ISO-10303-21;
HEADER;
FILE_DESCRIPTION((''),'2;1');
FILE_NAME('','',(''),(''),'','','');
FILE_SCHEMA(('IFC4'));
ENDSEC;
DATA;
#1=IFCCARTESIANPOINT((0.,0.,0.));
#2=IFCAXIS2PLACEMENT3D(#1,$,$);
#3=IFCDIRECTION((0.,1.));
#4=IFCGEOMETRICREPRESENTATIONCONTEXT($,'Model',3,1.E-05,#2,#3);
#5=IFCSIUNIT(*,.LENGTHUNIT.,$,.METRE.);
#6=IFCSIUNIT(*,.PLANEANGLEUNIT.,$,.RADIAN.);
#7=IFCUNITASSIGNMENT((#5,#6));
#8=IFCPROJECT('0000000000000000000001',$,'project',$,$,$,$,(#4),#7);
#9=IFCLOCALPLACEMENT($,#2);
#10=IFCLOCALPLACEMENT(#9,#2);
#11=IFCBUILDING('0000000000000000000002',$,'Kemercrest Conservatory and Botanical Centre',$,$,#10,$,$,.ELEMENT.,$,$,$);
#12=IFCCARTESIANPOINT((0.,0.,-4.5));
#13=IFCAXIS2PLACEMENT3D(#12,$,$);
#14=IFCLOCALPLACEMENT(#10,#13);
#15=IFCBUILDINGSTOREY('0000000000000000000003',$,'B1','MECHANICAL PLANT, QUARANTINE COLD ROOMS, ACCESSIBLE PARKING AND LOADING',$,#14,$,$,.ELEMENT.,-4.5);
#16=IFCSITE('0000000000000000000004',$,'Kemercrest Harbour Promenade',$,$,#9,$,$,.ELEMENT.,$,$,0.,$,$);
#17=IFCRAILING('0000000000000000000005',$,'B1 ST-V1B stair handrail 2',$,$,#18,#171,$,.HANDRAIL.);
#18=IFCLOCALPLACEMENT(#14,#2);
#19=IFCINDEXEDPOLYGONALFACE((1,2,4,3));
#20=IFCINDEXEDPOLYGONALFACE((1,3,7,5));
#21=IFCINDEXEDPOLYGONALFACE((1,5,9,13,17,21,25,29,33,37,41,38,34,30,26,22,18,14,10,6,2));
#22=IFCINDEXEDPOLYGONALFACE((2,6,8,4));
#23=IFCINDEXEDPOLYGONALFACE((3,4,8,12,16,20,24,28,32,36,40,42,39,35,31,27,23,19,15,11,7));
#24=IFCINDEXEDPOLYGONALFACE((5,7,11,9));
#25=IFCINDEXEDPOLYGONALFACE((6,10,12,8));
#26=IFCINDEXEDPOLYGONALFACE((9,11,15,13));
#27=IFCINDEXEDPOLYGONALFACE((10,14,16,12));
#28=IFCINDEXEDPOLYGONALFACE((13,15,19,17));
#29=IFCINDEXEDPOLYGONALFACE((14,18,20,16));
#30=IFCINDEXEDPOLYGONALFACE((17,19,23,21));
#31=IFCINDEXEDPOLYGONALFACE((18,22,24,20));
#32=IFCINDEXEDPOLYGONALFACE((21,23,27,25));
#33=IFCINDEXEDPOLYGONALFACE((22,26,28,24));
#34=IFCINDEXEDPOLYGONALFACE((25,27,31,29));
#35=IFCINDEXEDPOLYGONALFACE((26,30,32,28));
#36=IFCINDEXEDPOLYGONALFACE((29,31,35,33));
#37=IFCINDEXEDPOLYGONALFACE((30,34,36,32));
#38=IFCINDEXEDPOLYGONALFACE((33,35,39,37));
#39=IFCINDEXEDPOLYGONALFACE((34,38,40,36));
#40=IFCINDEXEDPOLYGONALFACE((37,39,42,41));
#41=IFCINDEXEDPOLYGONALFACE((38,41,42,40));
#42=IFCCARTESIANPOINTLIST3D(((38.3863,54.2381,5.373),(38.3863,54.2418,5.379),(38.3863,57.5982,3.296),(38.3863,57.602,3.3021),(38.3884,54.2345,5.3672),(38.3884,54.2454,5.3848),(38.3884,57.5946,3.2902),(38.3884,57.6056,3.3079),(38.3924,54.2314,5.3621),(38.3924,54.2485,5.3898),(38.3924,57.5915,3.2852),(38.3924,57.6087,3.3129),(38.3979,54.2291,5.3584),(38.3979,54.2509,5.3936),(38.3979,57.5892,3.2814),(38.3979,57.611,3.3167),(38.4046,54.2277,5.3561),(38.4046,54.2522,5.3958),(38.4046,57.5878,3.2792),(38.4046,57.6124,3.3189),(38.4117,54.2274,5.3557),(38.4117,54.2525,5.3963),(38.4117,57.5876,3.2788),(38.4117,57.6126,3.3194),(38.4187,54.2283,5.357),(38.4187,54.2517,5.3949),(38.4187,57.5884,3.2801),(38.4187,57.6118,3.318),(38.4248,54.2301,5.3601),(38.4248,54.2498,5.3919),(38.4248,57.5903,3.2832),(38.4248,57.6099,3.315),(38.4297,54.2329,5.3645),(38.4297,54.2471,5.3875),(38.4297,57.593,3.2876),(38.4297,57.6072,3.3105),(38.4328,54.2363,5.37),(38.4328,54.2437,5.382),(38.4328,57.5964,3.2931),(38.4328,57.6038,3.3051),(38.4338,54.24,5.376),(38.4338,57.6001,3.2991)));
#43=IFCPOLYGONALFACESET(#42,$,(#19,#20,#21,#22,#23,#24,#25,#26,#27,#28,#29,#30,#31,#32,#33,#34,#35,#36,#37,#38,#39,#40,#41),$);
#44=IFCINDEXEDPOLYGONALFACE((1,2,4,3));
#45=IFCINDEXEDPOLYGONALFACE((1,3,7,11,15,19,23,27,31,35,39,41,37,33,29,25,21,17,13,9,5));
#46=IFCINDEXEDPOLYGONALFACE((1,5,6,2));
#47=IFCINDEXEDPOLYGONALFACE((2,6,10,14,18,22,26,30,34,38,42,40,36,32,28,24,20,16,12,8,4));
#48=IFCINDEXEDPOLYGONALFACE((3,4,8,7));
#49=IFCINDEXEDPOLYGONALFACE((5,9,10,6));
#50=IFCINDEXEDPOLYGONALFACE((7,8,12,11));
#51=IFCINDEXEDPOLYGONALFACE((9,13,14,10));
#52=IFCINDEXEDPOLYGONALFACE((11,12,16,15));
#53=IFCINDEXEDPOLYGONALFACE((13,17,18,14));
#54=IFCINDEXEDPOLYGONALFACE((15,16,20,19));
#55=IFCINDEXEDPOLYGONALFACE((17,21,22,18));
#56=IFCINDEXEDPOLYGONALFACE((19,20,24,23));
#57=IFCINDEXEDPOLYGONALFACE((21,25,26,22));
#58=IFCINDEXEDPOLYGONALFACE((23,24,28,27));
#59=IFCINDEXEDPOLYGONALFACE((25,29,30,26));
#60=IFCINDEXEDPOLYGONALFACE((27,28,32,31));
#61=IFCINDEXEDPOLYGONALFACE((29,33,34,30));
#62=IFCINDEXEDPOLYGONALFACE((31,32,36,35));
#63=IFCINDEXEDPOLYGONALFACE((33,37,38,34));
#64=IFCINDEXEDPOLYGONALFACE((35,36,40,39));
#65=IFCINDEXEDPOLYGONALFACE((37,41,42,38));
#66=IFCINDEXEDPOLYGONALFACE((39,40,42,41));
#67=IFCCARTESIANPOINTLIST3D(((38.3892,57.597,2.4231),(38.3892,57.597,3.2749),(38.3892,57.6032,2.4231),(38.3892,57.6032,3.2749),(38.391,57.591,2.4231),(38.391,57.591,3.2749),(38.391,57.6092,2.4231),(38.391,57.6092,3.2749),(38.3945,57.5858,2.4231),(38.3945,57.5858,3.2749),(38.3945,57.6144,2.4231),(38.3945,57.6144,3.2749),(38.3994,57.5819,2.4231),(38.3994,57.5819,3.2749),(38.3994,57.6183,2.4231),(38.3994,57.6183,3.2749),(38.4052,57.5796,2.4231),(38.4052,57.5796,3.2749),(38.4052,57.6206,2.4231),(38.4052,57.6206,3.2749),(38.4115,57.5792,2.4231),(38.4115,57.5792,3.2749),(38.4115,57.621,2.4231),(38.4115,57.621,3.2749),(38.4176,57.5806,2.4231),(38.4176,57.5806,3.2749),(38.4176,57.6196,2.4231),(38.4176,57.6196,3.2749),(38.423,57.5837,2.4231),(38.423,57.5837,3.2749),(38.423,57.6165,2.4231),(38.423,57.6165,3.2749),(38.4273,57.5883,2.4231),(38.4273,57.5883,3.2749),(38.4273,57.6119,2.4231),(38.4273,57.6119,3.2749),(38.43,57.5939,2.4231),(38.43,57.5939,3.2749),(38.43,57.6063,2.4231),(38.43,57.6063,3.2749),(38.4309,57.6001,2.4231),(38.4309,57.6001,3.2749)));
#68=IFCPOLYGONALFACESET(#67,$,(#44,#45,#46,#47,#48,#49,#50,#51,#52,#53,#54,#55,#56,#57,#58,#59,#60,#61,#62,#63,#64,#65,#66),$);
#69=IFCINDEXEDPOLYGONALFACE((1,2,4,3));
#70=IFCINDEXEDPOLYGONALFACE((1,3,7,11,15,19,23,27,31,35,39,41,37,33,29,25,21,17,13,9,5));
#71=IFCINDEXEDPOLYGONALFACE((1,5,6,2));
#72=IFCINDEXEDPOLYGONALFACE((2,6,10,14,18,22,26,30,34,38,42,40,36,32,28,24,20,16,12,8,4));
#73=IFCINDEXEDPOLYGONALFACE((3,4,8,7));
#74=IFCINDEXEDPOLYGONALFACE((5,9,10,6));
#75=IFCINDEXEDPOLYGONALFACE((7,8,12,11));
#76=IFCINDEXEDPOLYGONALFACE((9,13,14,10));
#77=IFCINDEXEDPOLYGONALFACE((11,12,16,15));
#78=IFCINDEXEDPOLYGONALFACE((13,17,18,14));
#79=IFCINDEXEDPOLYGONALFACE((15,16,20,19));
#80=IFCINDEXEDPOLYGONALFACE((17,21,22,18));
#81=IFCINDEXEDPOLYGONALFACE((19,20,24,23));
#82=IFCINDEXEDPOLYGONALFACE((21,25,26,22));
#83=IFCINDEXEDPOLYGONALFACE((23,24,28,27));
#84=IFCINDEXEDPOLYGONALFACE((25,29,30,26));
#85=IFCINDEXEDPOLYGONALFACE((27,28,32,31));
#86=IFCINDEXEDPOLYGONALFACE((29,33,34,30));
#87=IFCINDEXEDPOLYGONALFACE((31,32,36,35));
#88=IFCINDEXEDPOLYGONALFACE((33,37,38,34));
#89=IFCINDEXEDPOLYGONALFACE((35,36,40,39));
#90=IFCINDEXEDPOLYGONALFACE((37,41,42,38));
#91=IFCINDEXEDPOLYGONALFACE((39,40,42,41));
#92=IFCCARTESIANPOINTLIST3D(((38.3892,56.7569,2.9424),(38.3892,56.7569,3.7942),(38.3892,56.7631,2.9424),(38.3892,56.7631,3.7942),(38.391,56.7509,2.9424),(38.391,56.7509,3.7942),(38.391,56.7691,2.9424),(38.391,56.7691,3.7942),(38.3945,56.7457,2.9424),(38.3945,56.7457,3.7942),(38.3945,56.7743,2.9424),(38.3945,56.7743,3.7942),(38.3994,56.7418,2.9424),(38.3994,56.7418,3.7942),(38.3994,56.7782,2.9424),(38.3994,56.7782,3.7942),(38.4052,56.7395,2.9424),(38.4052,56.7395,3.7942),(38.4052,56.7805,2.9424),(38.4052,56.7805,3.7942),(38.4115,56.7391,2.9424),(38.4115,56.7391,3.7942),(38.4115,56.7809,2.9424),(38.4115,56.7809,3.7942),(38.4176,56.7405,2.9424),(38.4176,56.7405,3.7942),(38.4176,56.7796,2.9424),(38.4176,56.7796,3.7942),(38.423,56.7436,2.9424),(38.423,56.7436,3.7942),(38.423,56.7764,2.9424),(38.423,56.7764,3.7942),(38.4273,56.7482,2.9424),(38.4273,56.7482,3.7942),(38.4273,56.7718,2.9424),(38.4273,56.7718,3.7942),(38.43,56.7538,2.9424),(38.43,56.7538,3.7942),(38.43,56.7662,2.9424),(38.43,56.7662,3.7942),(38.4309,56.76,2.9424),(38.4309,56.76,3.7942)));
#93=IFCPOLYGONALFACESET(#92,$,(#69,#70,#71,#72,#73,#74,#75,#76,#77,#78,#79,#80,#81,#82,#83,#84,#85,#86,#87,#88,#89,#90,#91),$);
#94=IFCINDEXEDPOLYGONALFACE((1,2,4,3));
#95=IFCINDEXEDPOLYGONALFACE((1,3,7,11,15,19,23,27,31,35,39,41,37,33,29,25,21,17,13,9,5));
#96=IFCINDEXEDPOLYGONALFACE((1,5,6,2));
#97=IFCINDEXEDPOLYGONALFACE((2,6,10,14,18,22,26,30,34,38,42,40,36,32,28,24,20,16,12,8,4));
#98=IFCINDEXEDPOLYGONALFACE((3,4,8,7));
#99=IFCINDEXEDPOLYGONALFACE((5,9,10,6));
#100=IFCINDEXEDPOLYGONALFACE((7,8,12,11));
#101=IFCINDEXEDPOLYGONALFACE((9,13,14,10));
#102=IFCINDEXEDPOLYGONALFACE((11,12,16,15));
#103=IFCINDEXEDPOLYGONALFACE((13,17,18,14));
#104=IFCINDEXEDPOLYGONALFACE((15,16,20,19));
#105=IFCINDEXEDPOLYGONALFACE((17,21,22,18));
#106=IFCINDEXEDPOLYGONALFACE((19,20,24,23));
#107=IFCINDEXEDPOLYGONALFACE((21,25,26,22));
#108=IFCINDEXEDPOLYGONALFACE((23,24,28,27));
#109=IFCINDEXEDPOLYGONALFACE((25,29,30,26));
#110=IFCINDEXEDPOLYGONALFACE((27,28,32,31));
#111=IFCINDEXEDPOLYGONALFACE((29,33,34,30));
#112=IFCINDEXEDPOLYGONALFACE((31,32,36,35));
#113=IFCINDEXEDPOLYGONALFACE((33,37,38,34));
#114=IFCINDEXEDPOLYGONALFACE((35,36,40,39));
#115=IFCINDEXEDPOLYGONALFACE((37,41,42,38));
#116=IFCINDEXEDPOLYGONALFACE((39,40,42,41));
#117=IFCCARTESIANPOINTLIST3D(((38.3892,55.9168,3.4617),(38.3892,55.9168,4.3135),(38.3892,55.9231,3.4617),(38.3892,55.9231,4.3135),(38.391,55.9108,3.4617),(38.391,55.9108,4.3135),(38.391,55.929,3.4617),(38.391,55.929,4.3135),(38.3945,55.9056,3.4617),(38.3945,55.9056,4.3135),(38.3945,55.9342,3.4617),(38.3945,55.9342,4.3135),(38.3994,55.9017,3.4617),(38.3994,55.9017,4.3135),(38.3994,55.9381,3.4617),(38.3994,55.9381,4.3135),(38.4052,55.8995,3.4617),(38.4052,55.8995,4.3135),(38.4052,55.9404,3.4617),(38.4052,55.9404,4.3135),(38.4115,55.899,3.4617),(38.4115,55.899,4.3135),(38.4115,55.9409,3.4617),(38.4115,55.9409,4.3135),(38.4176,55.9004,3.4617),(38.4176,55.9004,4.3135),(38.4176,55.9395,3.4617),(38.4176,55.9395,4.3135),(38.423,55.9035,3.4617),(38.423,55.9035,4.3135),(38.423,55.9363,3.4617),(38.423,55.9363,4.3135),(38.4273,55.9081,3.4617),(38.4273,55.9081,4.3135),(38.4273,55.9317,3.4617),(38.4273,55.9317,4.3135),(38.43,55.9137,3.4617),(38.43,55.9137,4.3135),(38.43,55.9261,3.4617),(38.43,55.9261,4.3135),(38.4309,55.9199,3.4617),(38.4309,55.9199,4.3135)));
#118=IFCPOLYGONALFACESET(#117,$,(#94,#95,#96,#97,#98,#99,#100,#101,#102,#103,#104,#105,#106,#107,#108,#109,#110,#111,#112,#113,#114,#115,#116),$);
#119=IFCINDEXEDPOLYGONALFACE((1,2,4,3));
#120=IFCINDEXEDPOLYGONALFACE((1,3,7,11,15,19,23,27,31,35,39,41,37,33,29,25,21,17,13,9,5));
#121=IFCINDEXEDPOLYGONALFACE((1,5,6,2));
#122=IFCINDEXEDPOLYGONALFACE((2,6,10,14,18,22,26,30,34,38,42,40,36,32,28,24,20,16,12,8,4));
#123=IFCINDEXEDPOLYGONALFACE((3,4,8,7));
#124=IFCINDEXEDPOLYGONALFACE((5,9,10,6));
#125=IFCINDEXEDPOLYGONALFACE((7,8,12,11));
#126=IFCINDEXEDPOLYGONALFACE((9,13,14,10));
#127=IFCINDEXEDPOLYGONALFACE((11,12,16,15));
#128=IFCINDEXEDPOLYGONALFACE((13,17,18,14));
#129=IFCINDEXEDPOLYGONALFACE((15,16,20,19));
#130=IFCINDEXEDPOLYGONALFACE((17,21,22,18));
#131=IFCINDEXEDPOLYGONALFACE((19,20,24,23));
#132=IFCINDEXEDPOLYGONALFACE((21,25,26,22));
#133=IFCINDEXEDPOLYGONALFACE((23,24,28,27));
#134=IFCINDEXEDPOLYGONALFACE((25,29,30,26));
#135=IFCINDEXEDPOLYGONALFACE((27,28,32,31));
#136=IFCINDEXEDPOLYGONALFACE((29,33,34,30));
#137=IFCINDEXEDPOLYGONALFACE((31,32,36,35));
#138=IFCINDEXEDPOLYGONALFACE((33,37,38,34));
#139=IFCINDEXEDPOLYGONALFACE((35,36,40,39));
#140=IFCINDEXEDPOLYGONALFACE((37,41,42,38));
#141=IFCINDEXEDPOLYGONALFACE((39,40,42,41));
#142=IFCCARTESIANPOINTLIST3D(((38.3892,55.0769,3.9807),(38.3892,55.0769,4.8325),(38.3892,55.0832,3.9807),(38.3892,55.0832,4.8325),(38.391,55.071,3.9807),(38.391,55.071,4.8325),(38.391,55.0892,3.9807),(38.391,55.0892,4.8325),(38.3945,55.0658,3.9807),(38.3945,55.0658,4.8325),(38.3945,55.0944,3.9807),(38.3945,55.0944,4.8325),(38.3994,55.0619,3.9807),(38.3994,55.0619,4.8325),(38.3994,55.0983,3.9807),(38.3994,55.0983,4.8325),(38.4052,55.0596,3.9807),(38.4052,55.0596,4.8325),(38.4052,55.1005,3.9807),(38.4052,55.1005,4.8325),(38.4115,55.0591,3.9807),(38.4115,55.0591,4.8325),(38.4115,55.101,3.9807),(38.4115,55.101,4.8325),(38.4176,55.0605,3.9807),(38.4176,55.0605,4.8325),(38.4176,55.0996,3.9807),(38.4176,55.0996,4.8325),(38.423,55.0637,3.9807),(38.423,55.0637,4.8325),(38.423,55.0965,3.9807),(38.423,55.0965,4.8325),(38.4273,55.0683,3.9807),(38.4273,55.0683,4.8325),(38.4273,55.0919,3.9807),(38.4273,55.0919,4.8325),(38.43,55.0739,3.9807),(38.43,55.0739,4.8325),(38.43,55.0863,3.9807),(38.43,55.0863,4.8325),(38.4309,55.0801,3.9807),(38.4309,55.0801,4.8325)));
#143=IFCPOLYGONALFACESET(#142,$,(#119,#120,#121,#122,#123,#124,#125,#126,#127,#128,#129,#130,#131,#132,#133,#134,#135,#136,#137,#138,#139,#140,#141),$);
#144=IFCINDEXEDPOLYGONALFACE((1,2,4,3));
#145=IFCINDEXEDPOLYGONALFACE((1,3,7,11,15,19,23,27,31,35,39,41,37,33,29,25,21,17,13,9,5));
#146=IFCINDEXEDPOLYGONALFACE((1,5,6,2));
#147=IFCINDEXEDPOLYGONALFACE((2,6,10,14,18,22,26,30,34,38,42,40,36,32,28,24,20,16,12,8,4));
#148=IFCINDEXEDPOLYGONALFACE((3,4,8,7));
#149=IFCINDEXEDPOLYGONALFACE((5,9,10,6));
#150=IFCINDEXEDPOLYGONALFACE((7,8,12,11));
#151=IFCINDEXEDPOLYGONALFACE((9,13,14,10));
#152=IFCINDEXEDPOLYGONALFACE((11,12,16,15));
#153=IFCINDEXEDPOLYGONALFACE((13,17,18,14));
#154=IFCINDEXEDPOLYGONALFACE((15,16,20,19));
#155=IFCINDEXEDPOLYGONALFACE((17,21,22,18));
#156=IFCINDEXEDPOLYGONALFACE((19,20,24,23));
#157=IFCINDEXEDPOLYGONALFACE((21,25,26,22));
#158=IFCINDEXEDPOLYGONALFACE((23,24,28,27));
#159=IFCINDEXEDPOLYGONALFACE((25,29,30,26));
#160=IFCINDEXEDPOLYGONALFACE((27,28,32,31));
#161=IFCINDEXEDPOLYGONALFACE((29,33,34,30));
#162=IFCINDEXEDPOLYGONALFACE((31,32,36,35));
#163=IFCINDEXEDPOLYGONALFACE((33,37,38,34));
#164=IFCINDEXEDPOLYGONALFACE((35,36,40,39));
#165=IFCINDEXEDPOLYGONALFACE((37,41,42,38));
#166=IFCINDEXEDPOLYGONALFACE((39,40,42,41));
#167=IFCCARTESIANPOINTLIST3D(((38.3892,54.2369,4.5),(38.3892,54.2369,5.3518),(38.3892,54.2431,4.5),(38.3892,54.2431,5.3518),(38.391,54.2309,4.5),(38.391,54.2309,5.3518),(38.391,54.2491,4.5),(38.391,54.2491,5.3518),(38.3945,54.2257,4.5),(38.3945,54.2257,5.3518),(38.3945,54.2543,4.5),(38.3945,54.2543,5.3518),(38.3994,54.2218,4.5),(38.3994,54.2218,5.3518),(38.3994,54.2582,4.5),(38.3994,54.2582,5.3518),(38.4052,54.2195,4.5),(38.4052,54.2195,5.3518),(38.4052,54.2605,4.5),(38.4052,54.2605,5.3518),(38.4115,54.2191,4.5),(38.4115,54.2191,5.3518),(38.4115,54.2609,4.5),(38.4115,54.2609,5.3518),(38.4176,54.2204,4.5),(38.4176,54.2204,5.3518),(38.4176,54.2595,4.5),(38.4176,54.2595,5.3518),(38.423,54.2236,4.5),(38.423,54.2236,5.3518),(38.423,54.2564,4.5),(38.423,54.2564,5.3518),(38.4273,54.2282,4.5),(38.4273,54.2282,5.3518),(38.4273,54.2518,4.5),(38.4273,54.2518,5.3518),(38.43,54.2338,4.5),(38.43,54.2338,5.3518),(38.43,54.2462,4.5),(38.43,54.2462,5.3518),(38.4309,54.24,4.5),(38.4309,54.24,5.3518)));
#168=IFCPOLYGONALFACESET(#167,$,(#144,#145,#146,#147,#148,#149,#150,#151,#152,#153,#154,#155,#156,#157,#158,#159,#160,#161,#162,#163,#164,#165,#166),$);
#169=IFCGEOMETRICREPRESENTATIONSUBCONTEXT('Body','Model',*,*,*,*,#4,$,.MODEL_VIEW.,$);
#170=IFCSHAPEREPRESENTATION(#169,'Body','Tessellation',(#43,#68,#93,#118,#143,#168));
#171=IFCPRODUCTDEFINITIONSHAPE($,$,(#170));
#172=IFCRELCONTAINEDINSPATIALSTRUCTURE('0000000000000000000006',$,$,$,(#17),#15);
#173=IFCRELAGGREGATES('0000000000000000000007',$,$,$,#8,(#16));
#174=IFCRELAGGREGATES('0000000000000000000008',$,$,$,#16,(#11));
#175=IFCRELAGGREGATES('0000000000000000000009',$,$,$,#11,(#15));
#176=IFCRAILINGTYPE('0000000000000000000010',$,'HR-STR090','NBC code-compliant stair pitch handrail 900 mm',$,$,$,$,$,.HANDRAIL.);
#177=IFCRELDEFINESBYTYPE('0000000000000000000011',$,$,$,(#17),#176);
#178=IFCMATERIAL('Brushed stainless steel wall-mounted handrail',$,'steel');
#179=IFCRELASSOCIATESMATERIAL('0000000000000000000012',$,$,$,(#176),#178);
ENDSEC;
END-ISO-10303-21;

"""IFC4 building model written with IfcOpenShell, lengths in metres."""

from ifc_helpers import new_model, si_unit, direction, frame, origin, origin_2d, place, context, subcontext, project, spatial, circle, extrude, material, type_object, element, save


model = new_model("IFC4")

# Units and contexts
model_context = context("Model", 3, precision=1e-05, world=origin(), true_north=direction((0.0, 1.0)))
body_context = subcontext(model_context, "Body", "Model", "MODEL_VIEW")
ifc_project = project(units=[si_unit("LENGTHUNIT", "METRE"), si_unit("PLANEANGLEUNIT", "RADIAN")], contexts=[model_context])

# Site, building, storey
site_placement = place(None, origin())
site = spatial("IfcSite", under=ifc_project, at=site_placement, Name="Kemercrest Harbour Promenade", CompositionType="ELEMENT", RefElevation=0.0)
building_placement = place(site_placement, origin())
building = spatial("IfcBuilding", under=site, at=building_placement, Name="Kemercrest Conservatory and Botanical Centre", CompositionType="ELEMENT")
storey_placement = place(building_placement, frame((0.0, 0.0, -4.5)))
storey = spatial("IfcBuildingStorey", under=building, at=storey_placement, Name="B1", Description="MECHANICAL PLANT, QUARANTINE COLD ROOMS, ACCESSIBLE PARKING AND LOADING", CompositionType="ELEMENT", Elevation=-4.5)

# Railing
ifc_material_1 = material(Name="Brushed stainless steel wall-mounted handrail", Category="steel")
railing_type_1 = type_object("IfcRailingType", Name="HR-STR090", Description="NBC code-compliant stair pitch handrail 900 mm", PredefinedType="HANDRAIL", material=ifc_material_1)
railing_1_placement = place(storey_placement, frame((38.4099, 57.6001, 2.4231)))
element("IfcRailing", 1, at=railing_1_placement, inside=storey, type_object=railing_type_1, Name="B1 ST-V1B stair handrail 2", PredefinedType="HANDRAIL", context=body_context, shape_type="SweptSolid", body=[
    extrude(circle(Radius=0.0239, at=origin_2d()), frame((0.0, 0.0, 0.876), z_axis=(0.0, -0.850623, 0.525776), x_axis=(1.0, 0.0, 0.0)), (0.0, 0.0, 1.0), 3.9502),
    extrude(circle(Radius=0.021, at=origin_2d()), origin(), (0.0, 0.0, 1.0), 0.8518),
    extrude(circle(Radius=0.021, at=origin_2d()), frame((0.0, -0.8401, 0.5193)), (0.0, 0.0, 1.0), 0.8518),
    extrude(circle(Radius=0.021, at=origin_2d()), frame((0.0, -1.6802, 1.0386)), (0.0, 0.0, 1.0), 0.8518),
    extrude(circle(Radius=0.021, at=origin_2d()), frame((0.0, -2.52, 1.5576)), (0.0, 0.0, 1.0), 0.8518),
    extrude(circle(Radius=0.021, at=origin_2d()), frame((0.0, -3.3601, 2.0769)), (0.0, 0.0, 1.0), 0.8518),
])

save(model, "model.ifc")
